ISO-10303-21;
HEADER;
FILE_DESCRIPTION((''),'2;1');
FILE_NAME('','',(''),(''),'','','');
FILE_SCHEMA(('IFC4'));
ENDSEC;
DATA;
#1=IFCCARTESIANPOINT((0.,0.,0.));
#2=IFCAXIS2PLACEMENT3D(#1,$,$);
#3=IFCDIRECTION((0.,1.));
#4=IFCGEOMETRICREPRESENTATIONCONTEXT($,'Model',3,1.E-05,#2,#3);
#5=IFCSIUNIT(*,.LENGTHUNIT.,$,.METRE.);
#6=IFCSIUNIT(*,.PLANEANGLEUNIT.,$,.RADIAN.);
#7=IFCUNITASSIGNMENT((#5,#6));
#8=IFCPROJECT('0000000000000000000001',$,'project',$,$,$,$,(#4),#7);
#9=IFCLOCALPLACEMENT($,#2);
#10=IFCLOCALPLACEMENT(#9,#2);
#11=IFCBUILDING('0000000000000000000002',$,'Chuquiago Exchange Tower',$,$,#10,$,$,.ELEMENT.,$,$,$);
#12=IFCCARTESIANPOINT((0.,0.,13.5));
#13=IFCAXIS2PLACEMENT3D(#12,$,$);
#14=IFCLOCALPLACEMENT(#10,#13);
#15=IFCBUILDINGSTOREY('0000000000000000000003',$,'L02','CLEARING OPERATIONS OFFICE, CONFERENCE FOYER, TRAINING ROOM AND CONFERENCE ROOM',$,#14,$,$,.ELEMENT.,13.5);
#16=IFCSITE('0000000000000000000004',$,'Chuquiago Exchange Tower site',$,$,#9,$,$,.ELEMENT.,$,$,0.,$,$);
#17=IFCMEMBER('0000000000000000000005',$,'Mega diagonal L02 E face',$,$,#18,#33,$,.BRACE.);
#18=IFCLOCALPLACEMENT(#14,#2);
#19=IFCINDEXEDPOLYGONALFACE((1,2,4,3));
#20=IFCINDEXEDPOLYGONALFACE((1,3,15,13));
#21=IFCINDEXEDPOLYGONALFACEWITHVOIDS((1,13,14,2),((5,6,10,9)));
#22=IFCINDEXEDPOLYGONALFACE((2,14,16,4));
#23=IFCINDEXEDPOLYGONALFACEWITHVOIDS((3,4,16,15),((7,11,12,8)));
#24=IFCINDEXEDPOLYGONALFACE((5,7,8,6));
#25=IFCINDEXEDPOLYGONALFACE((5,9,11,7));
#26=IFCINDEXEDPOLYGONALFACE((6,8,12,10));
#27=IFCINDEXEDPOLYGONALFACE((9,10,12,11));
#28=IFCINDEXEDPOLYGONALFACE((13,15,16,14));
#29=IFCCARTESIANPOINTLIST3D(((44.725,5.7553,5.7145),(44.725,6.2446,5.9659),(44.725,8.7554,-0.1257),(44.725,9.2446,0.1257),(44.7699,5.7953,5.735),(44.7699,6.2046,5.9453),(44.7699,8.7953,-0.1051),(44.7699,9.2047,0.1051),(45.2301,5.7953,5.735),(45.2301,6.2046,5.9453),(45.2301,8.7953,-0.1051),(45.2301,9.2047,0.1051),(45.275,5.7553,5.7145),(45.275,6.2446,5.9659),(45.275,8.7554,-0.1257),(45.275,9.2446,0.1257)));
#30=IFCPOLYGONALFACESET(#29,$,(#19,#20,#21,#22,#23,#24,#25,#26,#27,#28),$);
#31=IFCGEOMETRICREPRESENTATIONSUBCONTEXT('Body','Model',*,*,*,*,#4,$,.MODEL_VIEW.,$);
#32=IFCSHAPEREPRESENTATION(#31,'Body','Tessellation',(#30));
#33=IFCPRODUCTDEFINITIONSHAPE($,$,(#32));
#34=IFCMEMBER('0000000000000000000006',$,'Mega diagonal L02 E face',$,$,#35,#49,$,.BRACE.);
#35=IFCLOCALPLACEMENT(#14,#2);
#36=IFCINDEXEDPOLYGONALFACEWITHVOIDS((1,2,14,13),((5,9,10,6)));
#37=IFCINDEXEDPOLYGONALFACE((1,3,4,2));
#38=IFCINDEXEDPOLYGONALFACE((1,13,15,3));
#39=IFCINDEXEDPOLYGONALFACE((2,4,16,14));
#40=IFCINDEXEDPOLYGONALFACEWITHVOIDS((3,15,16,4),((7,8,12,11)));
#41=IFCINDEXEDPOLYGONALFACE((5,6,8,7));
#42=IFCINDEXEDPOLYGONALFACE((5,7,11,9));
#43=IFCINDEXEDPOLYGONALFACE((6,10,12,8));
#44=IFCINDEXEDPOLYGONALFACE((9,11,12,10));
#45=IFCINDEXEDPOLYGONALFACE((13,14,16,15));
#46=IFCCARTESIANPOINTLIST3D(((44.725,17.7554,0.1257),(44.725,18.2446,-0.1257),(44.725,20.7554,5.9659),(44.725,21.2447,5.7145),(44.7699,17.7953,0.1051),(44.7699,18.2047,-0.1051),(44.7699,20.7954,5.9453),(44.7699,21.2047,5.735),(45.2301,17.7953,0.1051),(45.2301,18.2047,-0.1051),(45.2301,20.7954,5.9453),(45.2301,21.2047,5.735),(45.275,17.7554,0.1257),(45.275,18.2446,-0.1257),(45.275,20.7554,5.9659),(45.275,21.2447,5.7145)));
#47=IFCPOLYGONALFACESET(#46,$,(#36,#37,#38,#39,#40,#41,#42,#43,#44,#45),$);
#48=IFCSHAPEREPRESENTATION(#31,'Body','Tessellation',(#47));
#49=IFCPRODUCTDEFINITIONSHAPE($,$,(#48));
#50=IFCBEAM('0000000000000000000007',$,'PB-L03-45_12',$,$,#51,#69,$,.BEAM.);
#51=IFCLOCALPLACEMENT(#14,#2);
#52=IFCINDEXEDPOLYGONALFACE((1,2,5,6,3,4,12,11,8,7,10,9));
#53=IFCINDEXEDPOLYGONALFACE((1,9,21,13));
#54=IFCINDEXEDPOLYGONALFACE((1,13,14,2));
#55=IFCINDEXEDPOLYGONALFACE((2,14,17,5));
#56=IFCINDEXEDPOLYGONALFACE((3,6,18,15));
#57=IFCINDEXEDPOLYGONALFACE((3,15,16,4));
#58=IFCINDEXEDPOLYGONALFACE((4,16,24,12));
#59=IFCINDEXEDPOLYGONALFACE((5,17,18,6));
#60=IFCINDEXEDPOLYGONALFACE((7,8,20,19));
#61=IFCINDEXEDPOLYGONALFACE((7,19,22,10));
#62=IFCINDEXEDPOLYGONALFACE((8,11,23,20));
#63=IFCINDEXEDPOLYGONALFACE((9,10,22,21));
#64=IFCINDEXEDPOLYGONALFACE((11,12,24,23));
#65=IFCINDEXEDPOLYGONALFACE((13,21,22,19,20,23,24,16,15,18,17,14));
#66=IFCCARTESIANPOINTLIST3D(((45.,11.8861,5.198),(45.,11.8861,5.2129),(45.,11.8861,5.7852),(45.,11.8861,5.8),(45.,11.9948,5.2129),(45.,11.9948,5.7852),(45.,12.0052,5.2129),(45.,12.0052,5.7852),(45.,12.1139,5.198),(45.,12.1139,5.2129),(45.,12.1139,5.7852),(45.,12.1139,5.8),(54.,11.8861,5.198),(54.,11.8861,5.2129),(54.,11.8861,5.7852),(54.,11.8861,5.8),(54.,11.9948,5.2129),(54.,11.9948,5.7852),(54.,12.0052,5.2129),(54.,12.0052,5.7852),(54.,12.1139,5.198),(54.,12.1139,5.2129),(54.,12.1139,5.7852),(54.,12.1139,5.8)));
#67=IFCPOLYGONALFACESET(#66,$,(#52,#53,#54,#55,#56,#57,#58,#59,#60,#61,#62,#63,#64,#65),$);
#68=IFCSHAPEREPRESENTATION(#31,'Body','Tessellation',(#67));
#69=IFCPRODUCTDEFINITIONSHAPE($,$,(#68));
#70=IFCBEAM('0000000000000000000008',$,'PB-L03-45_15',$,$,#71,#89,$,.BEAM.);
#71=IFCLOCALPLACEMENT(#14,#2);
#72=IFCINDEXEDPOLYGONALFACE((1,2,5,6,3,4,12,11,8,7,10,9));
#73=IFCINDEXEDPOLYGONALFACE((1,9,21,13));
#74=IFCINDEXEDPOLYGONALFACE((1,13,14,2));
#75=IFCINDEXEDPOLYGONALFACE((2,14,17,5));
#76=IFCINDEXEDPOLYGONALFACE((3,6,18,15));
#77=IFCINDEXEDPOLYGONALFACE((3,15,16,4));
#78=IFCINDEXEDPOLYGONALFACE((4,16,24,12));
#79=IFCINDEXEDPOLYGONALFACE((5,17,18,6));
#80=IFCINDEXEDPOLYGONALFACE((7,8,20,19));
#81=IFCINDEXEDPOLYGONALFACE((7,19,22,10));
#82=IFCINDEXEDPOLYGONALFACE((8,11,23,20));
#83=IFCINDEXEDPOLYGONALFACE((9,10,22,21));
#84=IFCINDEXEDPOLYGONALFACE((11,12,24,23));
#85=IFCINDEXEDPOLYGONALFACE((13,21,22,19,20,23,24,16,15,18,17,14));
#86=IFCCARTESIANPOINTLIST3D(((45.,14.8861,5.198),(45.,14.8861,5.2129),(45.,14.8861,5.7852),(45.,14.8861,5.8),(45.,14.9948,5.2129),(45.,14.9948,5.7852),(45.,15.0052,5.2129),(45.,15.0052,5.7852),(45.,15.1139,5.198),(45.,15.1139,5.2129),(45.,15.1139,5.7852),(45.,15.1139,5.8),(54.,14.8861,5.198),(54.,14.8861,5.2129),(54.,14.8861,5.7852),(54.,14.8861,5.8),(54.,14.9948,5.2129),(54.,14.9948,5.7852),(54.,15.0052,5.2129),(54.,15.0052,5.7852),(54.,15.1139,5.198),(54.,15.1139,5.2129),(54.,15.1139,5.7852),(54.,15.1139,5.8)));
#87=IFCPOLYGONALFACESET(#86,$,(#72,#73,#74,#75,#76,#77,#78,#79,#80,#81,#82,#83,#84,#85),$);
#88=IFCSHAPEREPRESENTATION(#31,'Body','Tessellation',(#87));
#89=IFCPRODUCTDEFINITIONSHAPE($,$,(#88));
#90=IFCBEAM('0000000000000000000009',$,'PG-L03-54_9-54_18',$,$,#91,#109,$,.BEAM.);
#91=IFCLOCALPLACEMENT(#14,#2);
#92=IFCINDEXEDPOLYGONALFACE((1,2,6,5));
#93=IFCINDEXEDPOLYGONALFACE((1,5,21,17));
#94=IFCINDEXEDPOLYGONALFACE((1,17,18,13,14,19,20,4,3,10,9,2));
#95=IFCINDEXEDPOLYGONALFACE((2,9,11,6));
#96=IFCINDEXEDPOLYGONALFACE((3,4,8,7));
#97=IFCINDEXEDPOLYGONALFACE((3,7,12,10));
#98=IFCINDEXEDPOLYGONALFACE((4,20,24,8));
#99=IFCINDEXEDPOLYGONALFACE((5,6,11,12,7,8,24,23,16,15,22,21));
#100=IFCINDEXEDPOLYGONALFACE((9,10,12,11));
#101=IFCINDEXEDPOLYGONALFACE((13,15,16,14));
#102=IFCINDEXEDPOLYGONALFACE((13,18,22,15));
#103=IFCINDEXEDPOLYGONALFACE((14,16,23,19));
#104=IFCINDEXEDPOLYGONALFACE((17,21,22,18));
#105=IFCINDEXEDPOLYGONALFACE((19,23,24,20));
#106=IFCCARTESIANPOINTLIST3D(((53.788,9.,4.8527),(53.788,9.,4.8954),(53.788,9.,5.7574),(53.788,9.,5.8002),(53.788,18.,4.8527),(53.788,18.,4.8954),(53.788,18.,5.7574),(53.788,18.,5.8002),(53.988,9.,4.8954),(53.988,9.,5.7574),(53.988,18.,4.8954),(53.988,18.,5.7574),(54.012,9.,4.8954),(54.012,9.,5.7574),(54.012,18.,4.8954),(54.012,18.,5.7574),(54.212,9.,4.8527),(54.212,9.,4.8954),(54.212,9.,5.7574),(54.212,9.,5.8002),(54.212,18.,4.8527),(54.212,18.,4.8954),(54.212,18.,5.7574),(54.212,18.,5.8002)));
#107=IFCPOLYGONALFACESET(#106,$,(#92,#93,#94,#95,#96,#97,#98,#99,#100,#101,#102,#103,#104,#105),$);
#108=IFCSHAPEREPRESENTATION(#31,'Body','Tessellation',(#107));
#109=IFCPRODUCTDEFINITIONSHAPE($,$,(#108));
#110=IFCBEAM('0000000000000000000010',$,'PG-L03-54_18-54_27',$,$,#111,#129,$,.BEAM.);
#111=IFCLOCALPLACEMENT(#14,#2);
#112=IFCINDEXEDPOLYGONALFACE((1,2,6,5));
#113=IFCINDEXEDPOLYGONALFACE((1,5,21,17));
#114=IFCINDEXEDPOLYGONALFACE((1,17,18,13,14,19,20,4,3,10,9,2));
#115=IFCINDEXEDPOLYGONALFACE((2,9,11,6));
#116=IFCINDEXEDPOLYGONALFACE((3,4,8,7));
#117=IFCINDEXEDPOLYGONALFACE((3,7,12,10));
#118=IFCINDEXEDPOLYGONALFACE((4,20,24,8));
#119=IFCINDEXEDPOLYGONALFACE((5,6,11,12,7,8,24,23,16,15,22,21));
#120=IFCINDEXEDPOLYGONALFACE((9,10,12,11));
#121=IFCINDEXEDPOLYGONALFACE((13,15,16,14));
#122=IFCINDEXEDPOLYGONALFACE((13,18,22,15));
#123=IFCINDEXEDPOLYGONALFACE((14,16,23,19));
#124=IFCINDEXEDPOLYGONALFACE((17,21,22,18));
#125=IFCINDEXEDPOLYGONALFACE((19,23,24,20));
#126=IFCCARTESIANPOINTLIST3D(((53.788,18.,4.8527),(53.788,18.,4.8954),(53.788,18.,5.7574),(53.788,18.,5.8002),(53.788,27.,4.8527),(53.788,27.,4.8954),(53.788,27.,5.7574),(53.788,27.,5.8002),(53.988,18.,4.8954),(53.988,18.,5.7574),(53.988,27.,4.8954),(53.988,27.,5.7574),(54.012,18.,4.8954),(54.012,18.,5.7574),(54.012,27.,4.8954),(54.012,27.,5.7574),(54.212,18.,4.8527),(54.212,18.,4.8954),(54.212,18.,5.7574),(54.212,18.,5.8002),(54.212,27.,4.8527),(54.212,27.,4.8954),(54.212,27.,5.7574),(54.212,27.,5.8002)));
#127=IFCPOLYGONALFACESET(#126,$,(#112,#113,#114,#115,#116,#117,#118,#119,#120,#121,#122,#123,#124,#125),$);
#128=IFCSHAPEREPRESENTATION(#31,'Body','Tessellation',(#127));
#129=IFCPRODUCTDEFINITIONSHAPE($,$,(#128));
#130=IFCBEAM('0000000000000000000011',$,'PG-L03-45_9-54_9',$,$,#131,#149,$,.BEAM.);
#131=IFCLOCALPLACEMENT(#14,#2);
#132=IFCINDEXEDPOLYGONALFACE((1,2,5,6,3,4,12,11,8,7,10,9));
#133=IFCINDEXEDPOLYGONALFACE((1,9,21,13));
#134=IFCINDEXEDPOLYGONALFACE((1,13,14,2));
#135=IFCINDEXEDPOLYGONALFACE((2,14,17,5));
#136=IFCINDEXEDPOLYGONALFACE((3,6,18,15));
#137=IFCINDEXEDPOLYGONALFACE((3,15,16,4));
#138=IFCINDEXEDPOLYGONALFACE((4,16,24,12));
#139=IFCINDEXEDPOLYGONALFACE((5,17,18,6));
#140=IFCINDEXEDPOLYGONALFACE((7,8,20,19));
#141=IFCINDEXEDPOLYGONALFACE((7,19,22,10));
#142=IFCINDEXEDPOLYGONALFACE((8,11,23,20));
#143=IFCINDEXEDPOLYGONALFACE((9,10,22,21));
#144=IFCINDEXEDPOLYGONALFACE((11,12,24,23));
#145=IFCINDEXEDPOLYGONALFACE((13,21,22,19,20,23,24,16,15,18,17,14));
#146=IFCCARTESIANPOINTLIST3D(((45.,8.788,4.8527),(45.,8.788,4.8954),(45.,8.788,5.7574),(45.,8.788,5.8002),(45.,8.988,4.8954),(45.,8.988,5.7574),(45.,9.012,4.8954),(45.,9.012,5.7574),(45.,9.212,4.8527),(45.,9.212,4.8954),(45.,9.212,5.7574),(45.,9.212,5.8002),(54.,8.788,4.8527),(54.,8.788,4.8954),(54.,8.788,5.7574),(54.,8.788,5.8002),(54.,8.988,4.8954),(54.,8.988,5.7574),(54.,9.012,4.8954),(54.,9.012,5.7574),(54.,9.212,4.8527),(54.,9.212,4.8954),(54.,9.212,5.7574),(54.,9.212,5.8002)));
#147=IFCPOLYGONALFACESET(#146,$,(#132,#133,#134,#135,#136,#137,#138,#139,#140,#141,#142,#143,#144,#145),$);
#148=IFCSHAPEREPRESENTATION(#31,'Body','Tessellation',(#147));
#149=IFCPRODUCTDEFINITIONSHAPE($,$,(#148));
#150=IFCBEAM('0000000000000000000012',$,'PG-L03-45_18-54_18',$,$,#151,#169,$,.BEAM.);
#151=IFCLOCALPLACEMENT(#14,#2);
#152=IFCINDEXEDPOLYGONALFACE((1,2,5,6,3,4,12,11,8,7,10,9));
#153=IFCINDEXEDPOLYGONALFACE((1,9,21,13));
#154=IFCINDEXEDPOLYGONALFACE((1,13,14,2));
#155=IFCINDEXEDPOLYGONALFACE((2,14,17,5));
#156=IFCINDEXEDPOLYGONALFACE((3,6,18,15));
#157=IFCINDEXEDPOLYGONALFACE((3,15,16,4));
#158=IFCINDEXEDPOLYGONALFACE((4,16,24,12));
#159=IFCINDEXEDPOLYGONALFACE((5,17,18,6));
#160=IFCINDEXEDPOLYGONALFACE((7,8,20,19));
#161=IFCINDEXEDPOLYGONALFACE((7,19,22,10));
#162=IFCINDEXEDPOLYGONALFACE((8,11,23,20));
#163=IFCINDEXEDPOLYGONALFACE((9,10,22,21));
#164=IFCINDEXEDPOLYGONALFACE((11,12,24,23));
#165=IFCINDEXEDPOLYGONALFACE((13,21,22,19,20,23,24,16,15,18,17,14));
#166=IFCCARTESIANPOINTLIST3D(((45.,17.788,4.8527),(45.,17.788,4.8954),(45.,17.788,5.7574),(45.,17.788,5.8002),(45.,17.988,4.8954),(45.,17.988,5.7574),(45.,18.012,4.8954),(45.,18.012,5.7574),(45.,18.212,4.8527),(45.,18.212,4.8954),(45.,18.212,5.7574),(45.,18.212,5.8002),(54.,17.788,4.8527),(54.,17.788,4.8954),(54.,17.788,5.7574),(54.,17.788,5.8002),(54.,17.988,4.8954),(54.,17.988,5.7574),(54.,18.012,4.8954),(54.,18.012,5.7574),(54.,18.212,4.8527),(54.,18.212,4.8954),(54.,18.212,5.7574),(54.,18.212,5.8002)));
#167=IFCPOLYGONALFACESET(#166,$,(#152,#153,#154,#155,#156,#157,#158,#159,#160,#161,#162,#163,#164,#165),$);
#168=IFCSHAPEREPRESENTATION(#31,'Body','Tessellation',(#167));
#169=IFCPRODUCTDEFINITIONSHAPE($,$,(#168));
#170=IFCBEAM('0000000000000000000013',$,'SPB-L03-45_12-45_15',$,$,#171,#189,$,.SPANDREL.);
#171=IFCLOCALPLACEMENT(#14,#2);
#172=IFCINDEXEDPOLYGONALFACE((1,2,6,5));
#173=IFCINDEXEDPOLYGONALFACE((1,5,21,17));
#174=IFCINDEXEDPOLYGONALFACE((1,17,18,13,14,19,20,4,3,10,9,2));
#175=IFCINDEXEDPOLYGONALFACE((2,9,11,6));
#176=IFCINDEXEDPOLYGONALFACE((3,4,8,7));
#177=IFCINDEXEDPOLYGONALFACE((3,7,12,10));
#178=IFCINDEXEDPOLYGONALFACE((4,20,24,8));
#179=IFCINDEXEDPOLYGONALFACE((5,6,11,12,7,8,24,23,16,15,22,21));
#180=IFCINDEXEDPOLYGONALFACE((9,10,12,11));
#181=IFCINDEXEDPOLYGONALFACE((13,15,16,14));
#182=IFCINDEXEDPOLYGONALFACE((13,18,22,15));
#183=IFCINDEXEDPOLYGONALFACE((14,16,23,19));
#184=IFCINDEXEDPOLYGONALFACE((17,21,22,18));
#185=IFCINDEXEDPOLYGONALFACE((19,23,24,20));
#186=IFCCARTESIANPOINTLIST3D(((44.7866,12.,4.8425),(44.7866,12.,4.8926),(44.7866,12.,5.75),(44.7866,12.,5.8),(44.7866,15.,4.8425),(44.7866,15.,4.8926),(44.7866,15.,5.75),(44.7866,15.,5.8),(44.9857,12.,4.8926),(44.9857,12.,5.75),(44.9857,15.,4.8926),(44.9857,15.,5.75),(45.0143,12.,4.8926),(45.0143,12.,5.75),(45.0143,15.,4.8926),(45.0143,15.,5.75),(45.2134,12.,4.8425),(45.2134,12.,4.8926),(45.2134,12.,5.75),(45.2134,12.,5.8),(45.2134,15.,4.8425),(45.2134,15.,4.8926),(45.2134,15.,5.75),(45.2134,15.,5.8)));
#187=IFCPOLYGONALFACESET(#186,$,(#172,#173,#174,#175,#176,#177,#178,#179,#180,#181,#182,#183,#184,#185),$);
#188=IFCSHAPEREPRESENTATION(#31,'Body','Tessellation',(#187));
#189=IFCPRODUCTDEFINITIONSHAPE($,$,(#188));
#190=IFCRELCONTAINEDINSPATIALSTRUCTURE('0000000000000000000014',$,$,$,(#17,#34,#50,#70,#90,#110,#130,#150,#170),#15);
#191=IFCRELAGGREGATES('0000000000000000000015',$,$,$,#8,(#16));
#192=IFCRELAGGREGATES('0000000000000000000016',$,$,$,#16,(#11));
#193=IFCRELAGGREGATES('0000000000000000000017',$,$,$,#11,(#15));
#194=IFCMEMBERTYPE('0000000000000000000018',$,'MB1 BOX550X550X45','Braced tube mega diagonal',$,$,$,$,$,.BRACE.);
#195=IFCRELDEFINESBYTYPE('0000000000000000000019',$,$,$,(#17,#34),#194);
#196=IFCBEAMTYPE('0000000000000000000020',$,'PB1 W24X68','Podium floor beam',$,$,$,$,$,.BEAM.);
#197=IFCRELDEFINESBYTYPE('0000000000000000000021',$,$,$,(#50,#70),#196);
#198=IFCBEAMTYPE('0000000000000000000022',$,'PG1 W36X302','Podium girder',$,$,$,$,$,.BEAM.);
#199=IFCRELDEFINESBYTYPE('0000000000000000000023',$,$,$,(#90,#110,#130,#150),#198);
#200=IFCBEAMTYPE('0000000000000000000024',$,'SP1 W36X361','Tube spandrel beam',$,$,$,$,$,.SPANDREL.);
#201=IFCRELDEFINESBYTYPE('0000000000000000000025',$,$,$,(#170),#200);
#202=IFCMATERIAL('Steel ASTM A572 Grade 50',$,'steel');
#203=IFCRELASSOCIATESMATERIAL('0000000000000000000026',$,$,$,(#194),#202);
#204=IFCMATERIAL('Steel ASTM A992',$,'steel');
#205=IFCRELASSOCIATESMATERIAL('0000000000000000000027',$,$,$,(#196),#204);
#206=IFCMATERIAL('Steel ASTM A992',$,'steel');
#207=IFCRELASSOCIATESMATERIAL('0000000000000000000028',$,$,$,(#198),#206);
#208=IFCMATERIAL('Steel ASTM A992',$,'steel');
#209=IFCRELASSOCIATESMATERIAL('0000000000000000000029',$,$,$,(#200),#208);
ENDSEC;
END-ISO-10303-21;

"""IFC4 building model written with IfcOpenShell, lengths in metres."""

from ifc_helpers import new_model, si_unit, direction, frame, origin, origin_2d, place, context, subcontext, project, spatial, hollow_rectangle, i_section, extrude, material, material_profile, profile_set, type_object, element, save


model = new_model("IFC4")

# Units and contexts
model_context = context("Model", 3, precision=1e-05, world=origin(), true_north=direction((0.0, 1.0)))
body_context = subcontext(model_context, "Body", "Model", "MODEL_VIEW")
ifc_project = project(units=[si_unit("LENGTHUNIT", "METRE"), si_unit("PLANEANGLEUNIT", "RADIAN")], contexts=[model_context])

# Site, building, storey
site_placement = place(None, origin())
site = spatial("IfcSite", under=ifc_project, at=site_placement, Name="Chuquiago Exchange Tower site", CompositionType="ELEMENT", RefElevation=0.0)
building_placement = place(site_placement, origin())
building = spatial("IfcBuilding", under=site, at=building_placement, Name="Chuquiago Exchange Tower", CompositionType="ELEMENT")
storey_placement = place(building_placement, frame((0.0, 0.0, 13.5)))
storey = spatial("IfcBuildingStorey", under=building, at=storey_placement, Name="L02", Description="CLEARING OPERATIONS OFFICE, CONFERENCE FOYER, TRAINING ROOM AND CONFERENCE ROOM", CompositionType="ELEMENT", Elevation=13.5)

# Members
ifc_material_1 = material(Name="Steel ASTM A572 Grade 50", Category="steel")
ifc_material_profile_1 = material_profile(ifc_material_1, hollow_rectangle(XDim=0.55, YDim=0.55, WallThickness=0.0449, at=origin_2d()), Name="BOX550X550X45")
ifc_profile_set_1 = profile_set([ifc_material_profile_1], Name="Steel ASTM A572 Grade 50")
member_type_1 = type_object("IfcMemberType", Name="MB1 BOX550X550X45", Description="Braced tube mega diagonal", PredefinedType="BRACE", material=ifc_profile_set_1)
for number, where, z_axis, x_axis, name in (
    (1, (45.0, 9.0, 0.0), (0.0, -0.45693, 0.889503), (1.0, 0.0, 0.0), "Mega diagonal L02 E face"),
    (2, (45.0, 18.0, 0.0), (0.0, 0.45693, 0.889503), (-1.0, 0.0, 0.0), "Mega diagonal L02 E face"),
):
    element("IfcMember", number, at=place(storey_placement, frame(where, z_axis=z_axis, x_axis=x_axis)), inside=storey, type_object=member_type_1, Name=name, PredefinedType="BRACE", context=body_context, shape_type="SweptSolid", body=[
        extrude(hollow_rectangle(XDim=0.55, YDim=0.55, WallThickness=0.0449, at=origin_2d()), origin(), (0.0, 0.0, 1.0), 6.5657),
    ])

# Beams
ifc_material_2 = material(Name="Steel ASTM A992", Category="steel")
ifc_material_profile_2 = material_profile(ifc_material_2, i_section(OverallWidth=0.2278, OverallDepth=0.6021, WebThickness=0.0105, FlangeThickness=0.0149, at=origin_2d()), Name="W24X68")
ifc_profile_set_2 = profile_set([ifc_material_profile_2], Name="Steel ASTM A992")
beam_type_1 = type_object("IfcBeamType", Name="PB1 W24X68", Description="Podium floor beam", PredefinedType="BEAM", material=ifc_profile_set_2)
for number, where, z_axis, x_axis, name in (
    (3, (45.0, 12.0, 5.499), (1.0, 0.0, 0.0), (0.0, 1.0, 0.0), "PB-L03-45_12"),
    (4, (45.0, 15.0, 5.499), (1.0, 0.0, 0.0), (0.0, 1.0, 0.0), "PB-L03-45_15"),
):
    element("IfcBeam", number, at=place(storey_placement, frame(where, z_axis=z_axis, x_axis=x_axis)), inside=storey, type_object=beam_type_1, Name=name, PredefinedType="BEAM", context=body_context, shape_type="SweptSolid", body=[
        extrude(i_section(OverallWidth=0.2278, OverallDepth=0.6021, WebThickness=0.0105, FlangeThickness=0.0149, at=origin_2d()), origin(), (0.0, 0.0, 1.0), 9.0),
    ])
ifc_material_3 = material(Name="Steel ASTM A992", Category="steel")
ifc_material_profile_3 = material_profile(ifc_material_3, i_section(OverallWidth=0.4241, OverallDepth=0.9475, WebThickness=0.0239, FlangeThickness=0.0427, at=origin_2d()), Name="W36X302")
ifc_profile_set_3 = profile_set([ifc_material_profile_3], Name="Steel ASTM A992")
beam_type_2 = type_object("IfcBeamType", Name="PG1 W36X302", Description="Podium girder", PredefinedType="BEAM", material=ifc_profile_set_3)
for number, where, z_axis, x_axis, name in (
    (5, (54.0, 9.0, 5.3264), (0.0, 1.0, 0.0), (-1.0, 0.0, 0.0), "PG-L03-54_9-54_18"),
    (6, (54.0, 18.0, 5.3264), (0.0, 1.0, 0.0), (-1.0, 0.0, 0.0), "PG-L03-54_18-54_27"),
    (7, (45.0, 9.0, 5.3264), (1.0, 0.0, 0.0), (0.0, 1.0, 0.0), "PG-L03-45_9-54_9"),
    (8, (45.0, 18.0, 5.3264), (1.0, 0.0, 0.0), (0.0, 1.0, 0.0), "PG-L03-45_18-54_18"),
):
    element("IfcBeam", number, at=place(storey_placement, frame(where, z_axis=z_axis, x_axis=x_axis)), inside=storey, type_object=beam_type_2, Name=name, PredefinedType="BEAM", context=body_context, shape_type="SweptSolid", body=[
        extrude(i_section(OverallWidth=0.4241, OverallDepth=0.9475, WebThickness=0.0239, FlangeThickness=0.0427, at=origin_2d()), origin(), (0.0, 0.0, 1.0), 9.0),
    ])
ifc_material_4 = material(Name="Steel ASTM A992", Category="steel")
ifc_material_profile_4 = material_profile(ifc_material_4, i_section(OverallWidth=0.4268, OverallDepth=0.9575, WebThickness=0.0286, FlangeThickness=0.05, at=origin_2d()), Name="W36X361")
ifc_profile_set_4 = profile_set([ifc_material_profile_4], Name="Steel ASTM A992")
beam_type_3 = type_object("IfcBeamType", Name="SP1 W36X361", Description="Tube spandrel beam", PredefinedType="SPANDREL", material=ifc_profile_set_4)
for number, where, z_axis, x_axis, name in (
    (9, (45.0, 12.0, 5.3213), (0.0, 1.0, 0.0), (-1.0, 0.0, 0.0), "SPB-L03-45_12-45_15"),
):
    element("IfcBeam", number, at=place(storey_placement, frame(where, z_axis=z_axis, x_axis=x_axis)), inside=storey, type_object=beam_type_3, Name=name, PredefinedType="SPANDREL", context=body_context, shape_type="SweptSolid", body=[
        extrude(i_section(OverallWidth=0.4268, OverallDepth=0.9575, WebThickness=0.0286, FlangeThickness=0.05, at=origin_2d()), origin(), (0.0, 0.0, 1.0), 3.0),
    ])

save(model, "model.ifc")
